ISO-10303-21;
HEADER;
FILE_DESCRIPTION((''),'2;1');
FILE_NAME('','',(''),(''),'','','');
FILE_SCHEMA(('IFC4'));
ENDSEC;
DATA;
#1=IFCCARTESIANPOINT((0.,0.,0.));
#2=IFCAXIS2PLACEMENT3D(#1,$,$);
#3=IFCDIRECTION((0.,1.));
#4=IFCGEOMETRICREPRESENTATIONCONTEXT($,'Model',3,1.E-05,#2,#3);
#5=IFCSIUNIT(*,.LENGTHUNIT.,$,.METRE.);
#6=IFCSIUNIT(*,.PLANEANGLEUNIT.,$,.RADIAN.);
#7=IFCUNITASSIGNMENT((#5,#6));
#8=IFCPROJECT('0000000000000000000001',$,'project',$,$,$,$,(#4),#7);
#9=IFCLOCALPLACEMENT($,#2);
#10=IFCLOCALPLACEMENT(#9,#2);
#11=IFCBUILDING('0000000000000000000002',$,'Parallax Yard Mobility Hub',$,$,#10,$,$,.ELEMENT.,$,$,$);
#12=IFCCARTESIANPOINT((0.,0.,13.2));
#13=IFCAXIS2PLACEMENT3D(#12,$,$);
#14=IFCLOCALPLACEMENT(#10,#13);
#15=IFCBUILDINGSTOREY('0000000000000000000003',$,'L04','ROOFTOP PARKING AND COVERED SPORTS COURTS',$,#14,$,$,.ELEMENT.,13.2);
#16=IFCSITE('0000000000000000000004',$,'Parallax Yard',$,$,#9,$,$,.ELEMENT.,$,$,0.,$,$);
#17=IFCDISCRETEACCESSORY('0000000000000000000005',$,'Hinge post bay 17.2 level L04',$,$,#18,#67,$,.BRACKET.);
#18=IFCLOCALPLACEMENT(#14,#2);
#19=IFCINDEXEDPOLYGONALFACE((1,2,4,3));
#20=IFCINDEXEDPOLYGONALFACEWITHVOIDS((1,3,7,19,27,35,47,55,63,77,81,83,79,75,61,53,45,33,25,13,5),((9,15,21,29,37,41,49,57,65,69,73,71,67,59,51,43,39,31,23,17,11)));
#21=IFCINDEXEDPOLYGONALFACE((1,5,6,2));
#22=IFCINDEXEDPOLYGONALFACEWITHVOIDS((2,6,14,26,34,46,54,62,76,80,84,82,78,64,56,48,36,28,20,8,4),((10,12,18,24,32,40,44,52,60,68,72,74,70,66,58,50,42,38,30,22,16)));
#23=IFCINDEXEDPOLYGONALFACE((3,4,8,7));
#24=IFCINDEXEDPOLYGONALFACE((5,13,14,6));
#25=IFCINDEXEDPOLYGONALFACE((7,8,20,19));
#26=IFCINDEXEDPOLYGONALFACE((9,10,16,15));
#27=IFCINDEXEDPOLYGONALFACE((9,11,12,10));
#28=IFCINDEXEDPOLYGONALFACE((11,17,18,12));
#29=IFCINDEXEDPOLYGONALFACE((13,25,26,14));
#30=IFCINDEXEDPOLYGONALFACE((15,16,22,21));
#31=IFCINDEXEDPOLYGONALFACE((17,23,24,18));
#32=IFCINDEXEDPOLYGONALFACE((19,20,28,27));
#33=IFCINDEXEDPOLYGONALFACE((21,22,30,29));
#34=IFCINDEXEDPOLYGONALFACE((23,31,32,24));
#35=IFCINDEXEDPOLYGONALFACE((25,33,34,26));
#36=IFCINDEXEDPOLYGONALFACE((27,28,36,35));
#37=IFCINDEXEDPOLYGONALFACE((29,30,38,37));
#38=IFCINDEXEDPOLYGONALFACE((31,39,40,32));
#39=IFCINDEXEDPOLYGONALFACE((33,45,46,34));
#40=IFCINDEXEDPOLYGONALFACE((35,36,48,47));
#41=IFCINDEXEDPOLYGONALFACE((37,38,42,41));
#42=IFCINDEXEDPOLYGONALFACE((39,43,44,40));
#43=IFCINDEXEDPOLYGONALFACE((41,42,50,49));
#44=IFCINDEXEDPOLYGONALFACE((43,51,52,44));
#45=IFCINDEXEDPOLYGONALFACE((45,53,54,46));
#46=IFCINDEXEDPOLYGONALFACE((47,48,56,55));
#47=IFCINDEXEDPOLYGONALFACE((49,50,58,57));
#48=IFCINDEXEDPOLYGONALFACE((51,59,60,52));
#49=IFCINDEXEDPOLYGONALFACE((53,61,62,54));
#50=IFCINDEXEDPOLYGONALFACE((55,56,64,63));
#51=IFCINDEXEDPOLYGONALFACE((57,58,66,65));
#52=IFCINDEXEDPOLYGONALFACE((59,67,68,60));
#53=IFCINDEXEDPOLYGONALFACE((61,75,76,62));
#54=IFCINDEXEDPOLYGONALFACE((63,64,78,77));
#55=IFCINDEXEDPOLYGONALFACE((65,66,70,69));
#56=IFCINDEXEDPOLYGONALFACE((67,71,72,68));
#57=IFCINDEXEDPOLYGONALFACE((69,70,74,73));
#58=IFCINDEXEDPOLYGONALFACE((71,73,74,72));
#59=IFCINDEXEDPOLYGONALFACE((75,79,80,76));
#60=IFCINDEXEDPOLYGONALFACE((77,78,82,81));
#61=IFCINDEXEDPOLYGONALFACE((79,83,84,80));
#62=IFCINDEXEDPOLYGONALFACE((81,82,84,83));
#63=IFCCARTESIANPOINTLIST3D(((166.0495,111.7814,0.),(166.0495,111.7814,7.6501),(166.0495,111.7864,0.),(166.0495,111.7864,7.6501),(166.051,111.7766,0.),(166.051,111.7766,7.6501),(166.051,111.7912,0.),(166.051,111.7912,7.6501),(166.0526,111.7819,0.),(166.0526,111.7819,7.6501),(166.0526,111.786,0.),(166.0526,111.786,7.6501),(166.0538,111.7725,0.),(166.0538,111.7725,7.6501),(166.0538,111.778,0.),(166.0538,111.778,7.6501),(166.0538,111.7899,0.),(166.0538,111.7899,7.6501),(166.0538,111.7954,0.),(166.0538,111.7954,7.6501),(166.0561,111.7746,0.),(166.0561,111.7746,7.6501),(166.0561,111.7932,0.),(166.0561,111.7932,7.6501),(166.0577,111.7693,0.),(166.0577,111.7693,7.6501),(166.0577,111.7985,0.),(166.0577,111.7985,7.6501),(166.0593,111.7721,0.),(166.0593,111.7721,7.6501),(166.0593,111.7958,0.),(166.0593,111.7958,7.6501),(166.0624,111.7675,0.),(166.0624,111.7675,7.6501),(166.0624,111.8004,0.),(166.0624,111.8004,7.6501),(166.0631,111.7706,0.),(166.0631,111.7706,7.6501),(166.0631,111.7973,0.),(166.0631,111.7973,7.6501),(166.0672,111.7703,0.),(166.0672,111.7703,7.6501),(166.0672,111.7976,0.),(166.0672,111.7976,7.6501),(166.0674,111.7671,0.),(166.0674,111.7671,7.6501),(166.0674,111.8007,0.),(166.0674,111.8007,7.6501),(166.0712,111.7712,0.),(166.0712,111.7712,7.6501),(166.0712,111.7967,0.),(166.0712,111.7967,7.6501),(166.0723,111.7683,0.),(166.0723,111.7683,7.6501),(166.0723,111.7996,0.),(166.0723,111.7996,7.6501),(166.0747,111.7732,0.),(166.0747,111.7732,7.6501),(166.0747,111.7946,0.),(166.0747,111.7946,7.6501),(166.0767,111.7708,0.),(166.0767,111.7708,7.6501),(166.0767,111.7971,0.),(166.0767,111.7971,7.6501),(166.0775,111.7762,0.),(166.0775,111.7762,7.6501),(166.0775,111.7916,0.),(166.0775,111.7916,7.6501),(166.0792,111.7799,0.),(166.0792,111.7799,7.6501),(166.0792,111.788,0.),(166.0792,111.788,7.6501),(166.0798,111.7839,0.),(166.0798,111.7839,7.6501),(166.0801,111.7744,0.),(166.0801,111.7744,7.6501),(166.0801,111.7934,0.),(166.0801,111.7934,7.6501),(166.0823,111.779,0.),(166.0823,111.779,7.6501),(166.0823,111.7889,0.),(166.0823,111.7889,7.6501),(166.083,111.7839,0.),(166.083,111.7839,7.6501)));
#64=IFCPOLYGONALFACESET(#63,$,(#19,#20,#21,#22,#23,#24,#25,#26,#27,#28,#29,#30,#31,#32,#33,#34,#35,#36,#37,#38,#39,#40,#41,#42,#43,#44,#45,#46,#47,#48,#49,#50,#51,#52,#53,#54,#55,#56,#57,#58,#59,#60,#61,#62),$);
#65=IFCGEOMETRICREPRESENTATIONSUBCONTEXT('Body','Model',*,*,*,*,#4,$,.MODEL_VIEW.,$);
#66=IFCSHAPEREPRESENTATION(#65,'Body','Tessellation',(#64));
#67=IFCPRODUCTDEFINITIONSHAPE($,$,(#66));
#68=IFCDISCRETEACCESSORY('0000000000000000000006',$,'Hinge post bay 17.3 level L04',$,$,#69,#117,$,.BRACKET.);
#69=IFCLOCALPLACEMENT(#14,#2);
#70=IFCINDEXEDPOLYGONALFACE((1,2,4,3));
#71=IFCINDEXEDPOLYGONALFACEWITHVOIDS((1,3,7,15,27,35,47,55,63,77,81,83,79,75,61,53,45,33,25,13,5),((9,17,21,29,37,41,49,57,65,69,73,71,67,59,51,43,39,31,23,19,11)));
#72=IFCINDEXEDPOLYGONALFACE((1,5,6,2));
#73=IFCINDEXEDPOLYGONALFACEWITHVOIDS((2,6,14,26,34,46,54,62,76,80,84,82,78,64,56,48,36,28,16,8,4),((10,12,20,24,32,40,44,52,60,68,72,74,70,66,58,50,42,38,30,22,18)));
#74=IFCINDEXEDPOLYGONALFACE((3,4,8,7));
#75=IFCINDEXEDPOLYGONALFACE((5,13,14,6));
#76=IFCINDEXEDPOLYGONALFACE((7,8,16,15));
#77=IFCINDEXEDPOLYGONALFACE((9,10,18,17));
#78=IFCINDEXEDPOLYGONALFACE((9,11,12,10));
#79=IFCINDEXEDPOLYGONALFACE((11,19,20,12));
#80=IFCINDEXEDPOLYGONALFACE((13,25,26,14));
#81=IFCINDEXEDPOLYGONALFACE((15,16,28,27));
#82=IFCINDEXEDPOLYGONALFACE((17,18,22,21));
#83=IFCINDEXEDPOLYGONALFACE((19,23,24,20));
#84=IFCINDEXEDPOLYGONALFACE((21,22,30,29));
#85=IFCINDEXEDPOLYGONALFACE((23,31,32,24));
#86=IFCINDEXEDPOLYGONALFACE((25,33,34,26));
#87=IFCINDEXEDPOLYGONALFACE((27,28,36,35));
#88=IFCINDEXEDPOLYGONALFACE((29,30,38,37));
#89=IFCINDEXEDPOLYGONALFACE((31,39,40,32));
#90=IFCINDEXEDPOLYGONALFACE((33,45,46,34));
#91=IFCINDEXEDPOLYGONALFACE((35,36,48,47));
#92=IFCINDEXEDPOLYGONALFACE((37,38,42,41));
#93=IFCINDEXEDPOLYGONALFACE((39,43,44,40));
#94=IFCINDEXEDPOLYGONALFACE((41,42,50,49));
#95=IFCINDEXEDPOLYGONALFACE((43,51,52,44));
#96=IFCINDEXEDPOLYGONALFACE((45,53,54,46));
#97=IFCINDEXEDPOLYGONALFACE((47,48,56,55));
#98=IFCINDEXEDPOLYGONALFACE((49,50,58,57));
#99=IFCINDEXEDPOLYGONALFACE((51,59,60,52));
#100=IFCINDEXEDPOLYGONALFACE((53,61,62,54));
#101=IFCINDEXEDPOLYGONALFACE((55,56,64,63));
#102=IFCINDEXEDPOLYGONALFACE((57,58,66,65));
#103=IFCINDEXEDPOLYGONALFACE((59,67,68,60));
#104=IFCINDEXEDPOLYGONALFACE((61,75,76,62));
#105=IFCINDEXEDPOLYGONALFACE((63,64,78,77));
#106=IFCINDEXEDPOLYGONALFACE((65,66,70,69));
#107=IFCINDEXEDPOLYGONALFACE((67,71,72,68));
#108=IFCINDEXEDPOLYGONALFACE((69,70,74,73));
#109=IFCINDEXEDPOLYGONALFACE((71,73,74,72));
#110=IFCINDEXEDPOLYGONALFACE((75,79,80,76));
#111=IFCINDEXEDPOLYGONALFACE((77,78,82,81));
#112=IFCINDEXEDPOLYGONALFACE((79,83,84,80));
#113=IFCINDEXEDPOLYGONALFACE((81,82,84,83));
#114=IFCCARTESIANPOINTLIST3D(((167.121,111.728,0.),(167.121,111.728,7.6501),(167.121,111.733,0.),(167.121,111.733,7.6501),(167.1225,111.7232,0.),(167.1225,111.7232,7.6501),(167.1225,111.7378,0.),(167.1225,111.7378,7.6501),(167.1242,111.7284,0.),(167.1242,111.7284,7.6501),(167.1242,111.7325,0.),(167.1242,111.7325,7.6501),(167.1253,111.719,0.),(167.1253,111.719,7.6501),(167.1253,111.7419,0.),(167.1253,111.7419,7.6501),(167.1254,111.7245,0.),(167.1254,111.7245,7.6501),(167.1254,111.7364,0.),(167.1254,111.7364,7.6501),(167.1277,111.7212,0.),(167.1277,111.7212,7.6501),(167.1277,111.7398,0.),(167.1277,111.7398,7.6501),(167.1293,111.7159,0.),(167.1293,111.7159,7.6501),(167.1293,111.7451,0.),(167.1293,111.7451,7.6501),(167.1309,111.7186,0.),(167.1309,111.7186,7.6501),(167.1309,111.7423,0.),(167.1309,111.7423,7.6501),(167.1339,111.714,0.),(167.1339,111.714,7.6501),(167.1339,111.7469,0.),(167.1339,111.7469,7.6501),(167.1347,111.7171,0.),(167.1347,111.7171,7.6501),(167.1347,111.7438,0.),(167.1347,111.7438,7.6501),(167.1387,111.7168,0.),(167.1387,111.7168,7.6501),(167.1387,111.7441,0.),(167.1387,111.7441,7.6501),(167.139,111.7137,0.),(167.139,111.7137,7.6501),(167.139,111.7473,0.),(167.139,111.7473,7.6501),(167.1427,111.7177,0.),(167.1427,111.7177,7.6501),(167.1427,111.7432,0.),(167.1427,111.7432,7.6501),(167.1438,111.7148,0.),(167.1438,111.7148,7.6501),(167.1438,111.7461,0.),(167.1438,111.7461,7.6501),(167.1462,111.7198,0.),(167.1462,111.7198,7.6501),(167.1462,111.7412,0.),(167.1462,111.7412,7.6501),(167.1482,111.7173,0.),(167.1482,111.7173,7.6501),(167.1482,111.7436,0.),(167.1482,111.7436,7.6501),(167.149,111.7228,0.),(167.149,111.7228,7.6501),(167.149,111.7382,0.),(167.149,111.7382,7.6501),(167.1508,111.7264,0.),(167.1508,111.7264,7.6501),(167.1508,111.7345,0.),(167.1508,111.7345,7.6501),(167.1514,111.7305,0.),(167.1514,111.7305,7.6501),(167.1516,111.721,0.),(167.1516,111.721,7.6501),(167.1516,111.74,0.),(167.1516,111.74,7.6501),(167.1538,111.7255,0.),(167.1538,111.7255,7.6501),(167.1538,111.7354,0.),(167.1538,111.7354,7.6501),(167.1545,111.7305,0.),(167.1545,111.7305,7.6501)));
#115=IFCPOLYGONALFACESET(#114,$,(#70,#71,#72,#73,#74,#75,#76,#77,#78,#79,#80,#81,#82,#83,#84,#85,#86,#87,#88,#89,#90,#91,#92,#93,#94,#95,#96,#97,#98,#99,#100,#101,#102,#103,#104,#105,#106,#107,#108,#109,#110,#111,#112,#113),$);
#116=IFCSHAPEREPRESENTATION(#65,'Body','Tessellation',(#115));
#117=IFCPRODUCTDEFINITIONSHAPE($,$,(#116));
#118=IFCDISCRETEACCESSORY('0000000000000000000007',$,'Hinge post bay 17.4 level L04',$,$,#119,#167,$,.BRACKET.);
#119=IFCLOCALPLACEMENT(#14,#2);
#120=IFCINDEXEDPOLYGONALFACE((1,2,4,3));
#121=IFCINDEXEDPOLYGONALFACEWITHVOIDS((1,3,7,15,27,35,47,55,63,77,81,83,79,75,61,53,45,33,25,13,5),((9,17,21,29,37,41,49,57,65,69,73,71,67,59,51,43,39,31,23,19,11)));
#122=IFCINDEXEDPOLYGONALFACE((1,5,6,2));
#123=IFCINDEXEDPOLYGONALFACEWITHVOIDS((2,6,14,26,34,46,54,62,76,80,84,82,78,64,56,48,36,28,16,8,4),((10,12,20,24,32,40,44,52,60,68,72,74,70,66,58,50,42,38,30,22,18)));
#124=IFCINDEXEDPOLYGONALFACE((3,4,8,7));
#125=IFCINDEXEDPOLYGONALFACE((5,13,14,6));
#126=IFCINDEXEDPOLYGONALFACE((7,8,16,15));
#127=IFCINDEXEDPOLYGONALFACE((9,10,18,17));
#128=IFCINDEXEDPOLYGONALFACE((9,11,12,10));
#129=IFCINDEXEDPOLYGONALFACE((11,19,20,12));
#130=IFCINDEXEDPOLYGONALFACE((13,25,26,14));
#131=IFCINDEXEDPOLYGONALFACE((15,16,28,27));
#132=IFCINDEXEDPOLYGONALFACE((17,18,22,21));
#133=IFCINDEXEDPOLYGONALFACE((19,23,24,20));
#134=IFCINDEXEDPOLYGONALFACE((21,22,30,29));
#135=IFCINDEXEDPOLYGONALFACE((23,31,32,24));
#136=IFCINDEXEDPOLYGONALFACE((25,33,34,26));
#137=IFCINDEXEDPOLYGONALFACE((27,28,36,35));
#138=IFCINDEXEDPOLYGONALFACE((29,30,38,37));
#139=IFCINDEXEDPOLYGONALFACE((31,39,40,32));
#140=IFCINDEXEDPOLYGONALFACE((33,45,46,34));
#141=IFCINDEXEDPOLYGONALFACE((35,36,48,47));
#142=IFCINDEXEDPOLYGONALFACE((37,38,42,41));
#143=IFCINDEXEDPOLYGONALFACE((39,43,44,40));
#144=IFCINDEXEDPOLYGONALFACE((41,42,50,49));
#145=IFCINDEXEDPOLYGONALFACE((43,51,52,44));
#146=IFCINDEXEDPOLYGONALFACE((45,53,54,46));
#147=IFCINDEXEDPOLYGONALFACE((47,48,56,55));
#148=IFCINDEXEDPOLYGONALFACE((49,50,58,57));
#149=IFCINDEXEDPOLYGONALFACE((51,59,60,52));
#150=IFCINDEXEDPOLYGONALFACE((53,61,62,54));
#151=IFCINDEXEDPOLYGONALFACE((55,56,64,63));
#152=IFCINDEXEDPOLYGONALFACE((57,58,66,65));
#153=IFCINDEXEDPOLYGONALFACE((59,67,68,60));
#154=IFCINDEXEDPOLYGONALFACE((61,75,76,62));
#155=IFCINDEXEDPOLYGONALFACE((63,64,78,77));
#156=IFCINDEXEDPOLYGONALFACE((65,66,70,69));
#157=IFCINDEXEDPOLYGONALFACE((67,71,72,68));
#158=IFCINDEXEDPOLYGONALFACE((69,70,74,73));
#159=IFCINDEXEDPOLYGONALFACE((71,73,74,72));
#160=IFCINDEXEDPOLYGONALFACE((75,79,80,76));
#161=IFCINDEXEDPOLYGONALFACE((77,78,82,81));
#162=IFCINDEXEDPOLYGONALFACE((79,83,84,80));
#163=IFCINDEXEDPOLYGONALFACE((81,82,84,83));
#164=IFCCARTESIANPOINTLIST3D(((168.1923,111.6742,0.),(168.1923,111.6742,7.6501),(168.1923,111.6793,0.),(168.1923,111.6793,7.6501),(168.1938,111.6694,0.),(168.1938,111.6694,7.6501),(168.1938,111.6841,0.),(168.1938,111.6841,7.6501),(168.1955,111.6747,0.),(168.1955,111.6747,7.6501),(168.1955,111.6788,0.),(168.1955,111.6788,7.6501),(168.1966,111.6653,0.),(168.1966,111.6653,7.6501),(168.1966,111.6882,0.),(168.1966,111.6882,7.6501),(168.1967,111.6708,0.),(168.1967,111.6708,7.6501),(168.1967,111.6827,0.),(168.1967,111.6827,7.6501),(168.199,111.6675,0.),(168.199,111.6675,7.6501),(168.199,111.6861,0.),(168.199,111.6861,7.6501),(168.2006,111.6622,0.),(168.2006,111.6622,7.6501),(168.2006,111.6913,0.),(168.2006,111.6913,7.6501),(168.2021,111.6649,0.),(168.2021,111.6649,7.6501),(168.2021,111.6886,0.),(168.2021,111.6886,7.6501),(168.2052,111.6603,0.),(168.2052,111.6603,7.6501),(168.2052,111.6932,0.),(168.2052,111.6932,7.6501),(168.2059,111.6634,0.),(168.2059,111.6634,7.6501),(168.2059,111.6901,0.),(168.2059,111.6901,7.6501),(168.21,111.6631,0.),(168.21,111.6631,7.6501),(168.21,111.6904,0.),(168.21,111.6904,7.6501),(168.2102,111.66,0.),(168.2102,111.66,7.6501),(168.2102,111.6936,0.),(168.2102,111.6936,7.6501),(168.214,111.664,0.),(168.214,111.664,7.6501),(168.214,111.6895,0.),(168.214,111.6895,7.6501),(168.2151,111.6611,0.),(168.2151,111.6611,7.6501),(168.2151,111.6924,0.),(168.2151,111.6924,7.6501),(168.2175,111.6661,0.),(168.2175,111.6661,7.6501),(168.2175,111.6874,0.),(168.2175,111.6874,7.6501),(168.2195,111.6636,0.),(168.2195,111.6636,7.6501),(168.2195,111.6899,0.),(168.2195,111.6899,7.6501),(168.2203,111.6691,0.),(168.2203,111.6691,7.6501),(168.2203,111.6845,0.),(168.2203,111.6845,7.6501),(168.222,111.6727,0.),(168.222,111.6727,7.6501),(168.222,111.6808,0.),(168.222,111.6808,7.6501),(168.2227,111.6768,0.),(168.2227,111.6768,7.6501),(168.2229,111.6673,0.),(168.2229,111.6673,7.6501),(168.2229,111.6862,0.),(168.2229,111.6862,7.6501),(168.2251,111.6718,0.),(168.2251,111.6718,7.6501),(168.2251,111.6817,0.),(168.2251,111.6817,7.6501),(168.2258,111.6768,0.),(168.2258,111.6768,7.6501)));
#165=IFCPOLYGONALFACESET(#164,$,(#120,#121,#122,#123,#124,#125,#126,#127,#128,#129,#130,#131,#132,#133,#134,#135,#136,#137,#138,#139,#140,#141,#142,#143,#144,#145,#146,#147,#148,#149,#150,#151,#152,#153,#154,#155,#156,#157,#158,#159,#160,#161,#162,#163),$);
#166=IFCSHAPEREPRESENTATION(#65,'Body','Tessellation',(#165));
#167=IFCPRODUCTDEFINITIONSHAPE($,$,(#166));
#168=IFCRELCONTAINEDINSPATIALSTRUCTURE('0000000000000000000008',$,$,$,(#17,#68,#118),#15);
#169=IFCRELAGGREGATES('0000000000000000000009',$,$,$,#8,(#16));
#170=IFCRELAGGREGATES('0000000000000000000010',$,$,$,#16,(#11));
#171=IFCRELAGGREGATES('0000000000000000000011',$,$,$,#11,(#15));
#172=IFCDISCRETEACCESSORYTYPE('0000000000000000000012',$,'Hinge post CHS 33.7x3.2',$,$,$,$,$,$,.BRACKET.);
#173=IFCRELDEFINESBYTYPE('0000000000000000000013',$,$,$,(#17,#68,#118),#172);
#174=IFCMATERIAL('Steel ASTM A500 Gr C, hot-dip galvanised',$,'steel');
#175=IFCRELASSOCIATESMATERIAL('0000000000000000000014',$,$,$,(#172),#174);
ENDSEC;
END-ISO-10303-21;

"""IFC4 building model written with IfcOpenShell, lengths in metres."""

from ifc_helpers import new_model, si_unit, direction, frame, origin, origin_2d, place, context, subcontext, project, spatial, hollow_circle, extrude, material, material_profile, profile_set, type_object, element, save


model = new_model("IFC4")

# Units and contexts
model_context = context("Model", 3, precision=1e-05, world=origin(), true_north=direction((0.0, 1.0)))
body_context = subcontext(model_context, "Body", "Model", "MODEL_VIEW")
ifc_project = project(units=[si_unit("LENGTHUNIT", "METRE"), si_unit("PLANEANGLEUNIT", "RADIAN")], contexts=[model_context])

# Site, building, storey
site_placement = place(None, origin())
site = spatial("IfcSite", under=ifc_project, at=site_placement, Name="Parallax Yard", CompositionType="ELEMENT", RefElevation=0.0)
building_placement = place(site_placement, origin())
building = spatial("IfcBuilding", under=site, at=building_placement, Name="Parallax Yard Mobility Hub", CompositionType="ELEMENT")
storey_placement = place(building_placement, frame((0.0, 0.0, 13.2)))
storey = spatial("IfcBuildingStorey", under=building, at=storey_placement, Name="L04", Description="ROOFTOP PARKING AND COVERED SPORTS COURTS", CompositionType="ELEMENT", Elevation=13.2)

# Discrete accessories
ifc_material_1 = material(Name="Steel ASTM A500 Gr C, hot-dip galvanised", Category="steel")
ifc_material_profile = material_profile(ifc_material_1, hollow_circle(Radius=0.0168, WallThickness=0.0032, at=origin_2d()), Name="CHS 33.7x3.2")
ifc_profile_set = profile_set([ifc_material_profile], Name="Steel ASTM A500 Gr C, hot-dip galvanised")
discrete_accessory_type = type_object("IfcDiscreteAccessoryType", Name="Hinge post CHS 33.7x3.2", PredefinedType="BRACKET", material=ifc_profile_set)
for number, where, z_axis, x_axis, name in (
    (1, (166.0662, 111.7839, 0.0), (0.0, 0.0, 1.0), (1.0, 0.0, 0.0), "Hinge post bay 17.2 level L04"),
    (2, (167.1377, 111.7305, 0.0), (0.0, 0.0, 1.0), (1.0, 0.0, 0.0), "Hinge post bay 17.3 level L04"),
    (3, (168.209, 111.6768, 0.0), (0.0, 0.0, 1.0), (1.0, 0.0, 0.0), "Hinge post bay 17.4 level L04"),
):
    element("IfcDiscreteAccessory", number, at=place(storey_placement, frame(where, z_axis=z_axis, x_axis=x_axis)), inside=storey, type_object=discrete_accessory_type, Name=name, PredefinedType="BRACKET", context=body_context, shape_type="SweptSolid", body=[
        extrude(hollow_circle(Radius=0.0168, WallThickness=0.0032, at=origin_2d()), origin(), (0.0, 0.0, 1.0), 7.6501),
    ])

save(model, "model.ifc")
